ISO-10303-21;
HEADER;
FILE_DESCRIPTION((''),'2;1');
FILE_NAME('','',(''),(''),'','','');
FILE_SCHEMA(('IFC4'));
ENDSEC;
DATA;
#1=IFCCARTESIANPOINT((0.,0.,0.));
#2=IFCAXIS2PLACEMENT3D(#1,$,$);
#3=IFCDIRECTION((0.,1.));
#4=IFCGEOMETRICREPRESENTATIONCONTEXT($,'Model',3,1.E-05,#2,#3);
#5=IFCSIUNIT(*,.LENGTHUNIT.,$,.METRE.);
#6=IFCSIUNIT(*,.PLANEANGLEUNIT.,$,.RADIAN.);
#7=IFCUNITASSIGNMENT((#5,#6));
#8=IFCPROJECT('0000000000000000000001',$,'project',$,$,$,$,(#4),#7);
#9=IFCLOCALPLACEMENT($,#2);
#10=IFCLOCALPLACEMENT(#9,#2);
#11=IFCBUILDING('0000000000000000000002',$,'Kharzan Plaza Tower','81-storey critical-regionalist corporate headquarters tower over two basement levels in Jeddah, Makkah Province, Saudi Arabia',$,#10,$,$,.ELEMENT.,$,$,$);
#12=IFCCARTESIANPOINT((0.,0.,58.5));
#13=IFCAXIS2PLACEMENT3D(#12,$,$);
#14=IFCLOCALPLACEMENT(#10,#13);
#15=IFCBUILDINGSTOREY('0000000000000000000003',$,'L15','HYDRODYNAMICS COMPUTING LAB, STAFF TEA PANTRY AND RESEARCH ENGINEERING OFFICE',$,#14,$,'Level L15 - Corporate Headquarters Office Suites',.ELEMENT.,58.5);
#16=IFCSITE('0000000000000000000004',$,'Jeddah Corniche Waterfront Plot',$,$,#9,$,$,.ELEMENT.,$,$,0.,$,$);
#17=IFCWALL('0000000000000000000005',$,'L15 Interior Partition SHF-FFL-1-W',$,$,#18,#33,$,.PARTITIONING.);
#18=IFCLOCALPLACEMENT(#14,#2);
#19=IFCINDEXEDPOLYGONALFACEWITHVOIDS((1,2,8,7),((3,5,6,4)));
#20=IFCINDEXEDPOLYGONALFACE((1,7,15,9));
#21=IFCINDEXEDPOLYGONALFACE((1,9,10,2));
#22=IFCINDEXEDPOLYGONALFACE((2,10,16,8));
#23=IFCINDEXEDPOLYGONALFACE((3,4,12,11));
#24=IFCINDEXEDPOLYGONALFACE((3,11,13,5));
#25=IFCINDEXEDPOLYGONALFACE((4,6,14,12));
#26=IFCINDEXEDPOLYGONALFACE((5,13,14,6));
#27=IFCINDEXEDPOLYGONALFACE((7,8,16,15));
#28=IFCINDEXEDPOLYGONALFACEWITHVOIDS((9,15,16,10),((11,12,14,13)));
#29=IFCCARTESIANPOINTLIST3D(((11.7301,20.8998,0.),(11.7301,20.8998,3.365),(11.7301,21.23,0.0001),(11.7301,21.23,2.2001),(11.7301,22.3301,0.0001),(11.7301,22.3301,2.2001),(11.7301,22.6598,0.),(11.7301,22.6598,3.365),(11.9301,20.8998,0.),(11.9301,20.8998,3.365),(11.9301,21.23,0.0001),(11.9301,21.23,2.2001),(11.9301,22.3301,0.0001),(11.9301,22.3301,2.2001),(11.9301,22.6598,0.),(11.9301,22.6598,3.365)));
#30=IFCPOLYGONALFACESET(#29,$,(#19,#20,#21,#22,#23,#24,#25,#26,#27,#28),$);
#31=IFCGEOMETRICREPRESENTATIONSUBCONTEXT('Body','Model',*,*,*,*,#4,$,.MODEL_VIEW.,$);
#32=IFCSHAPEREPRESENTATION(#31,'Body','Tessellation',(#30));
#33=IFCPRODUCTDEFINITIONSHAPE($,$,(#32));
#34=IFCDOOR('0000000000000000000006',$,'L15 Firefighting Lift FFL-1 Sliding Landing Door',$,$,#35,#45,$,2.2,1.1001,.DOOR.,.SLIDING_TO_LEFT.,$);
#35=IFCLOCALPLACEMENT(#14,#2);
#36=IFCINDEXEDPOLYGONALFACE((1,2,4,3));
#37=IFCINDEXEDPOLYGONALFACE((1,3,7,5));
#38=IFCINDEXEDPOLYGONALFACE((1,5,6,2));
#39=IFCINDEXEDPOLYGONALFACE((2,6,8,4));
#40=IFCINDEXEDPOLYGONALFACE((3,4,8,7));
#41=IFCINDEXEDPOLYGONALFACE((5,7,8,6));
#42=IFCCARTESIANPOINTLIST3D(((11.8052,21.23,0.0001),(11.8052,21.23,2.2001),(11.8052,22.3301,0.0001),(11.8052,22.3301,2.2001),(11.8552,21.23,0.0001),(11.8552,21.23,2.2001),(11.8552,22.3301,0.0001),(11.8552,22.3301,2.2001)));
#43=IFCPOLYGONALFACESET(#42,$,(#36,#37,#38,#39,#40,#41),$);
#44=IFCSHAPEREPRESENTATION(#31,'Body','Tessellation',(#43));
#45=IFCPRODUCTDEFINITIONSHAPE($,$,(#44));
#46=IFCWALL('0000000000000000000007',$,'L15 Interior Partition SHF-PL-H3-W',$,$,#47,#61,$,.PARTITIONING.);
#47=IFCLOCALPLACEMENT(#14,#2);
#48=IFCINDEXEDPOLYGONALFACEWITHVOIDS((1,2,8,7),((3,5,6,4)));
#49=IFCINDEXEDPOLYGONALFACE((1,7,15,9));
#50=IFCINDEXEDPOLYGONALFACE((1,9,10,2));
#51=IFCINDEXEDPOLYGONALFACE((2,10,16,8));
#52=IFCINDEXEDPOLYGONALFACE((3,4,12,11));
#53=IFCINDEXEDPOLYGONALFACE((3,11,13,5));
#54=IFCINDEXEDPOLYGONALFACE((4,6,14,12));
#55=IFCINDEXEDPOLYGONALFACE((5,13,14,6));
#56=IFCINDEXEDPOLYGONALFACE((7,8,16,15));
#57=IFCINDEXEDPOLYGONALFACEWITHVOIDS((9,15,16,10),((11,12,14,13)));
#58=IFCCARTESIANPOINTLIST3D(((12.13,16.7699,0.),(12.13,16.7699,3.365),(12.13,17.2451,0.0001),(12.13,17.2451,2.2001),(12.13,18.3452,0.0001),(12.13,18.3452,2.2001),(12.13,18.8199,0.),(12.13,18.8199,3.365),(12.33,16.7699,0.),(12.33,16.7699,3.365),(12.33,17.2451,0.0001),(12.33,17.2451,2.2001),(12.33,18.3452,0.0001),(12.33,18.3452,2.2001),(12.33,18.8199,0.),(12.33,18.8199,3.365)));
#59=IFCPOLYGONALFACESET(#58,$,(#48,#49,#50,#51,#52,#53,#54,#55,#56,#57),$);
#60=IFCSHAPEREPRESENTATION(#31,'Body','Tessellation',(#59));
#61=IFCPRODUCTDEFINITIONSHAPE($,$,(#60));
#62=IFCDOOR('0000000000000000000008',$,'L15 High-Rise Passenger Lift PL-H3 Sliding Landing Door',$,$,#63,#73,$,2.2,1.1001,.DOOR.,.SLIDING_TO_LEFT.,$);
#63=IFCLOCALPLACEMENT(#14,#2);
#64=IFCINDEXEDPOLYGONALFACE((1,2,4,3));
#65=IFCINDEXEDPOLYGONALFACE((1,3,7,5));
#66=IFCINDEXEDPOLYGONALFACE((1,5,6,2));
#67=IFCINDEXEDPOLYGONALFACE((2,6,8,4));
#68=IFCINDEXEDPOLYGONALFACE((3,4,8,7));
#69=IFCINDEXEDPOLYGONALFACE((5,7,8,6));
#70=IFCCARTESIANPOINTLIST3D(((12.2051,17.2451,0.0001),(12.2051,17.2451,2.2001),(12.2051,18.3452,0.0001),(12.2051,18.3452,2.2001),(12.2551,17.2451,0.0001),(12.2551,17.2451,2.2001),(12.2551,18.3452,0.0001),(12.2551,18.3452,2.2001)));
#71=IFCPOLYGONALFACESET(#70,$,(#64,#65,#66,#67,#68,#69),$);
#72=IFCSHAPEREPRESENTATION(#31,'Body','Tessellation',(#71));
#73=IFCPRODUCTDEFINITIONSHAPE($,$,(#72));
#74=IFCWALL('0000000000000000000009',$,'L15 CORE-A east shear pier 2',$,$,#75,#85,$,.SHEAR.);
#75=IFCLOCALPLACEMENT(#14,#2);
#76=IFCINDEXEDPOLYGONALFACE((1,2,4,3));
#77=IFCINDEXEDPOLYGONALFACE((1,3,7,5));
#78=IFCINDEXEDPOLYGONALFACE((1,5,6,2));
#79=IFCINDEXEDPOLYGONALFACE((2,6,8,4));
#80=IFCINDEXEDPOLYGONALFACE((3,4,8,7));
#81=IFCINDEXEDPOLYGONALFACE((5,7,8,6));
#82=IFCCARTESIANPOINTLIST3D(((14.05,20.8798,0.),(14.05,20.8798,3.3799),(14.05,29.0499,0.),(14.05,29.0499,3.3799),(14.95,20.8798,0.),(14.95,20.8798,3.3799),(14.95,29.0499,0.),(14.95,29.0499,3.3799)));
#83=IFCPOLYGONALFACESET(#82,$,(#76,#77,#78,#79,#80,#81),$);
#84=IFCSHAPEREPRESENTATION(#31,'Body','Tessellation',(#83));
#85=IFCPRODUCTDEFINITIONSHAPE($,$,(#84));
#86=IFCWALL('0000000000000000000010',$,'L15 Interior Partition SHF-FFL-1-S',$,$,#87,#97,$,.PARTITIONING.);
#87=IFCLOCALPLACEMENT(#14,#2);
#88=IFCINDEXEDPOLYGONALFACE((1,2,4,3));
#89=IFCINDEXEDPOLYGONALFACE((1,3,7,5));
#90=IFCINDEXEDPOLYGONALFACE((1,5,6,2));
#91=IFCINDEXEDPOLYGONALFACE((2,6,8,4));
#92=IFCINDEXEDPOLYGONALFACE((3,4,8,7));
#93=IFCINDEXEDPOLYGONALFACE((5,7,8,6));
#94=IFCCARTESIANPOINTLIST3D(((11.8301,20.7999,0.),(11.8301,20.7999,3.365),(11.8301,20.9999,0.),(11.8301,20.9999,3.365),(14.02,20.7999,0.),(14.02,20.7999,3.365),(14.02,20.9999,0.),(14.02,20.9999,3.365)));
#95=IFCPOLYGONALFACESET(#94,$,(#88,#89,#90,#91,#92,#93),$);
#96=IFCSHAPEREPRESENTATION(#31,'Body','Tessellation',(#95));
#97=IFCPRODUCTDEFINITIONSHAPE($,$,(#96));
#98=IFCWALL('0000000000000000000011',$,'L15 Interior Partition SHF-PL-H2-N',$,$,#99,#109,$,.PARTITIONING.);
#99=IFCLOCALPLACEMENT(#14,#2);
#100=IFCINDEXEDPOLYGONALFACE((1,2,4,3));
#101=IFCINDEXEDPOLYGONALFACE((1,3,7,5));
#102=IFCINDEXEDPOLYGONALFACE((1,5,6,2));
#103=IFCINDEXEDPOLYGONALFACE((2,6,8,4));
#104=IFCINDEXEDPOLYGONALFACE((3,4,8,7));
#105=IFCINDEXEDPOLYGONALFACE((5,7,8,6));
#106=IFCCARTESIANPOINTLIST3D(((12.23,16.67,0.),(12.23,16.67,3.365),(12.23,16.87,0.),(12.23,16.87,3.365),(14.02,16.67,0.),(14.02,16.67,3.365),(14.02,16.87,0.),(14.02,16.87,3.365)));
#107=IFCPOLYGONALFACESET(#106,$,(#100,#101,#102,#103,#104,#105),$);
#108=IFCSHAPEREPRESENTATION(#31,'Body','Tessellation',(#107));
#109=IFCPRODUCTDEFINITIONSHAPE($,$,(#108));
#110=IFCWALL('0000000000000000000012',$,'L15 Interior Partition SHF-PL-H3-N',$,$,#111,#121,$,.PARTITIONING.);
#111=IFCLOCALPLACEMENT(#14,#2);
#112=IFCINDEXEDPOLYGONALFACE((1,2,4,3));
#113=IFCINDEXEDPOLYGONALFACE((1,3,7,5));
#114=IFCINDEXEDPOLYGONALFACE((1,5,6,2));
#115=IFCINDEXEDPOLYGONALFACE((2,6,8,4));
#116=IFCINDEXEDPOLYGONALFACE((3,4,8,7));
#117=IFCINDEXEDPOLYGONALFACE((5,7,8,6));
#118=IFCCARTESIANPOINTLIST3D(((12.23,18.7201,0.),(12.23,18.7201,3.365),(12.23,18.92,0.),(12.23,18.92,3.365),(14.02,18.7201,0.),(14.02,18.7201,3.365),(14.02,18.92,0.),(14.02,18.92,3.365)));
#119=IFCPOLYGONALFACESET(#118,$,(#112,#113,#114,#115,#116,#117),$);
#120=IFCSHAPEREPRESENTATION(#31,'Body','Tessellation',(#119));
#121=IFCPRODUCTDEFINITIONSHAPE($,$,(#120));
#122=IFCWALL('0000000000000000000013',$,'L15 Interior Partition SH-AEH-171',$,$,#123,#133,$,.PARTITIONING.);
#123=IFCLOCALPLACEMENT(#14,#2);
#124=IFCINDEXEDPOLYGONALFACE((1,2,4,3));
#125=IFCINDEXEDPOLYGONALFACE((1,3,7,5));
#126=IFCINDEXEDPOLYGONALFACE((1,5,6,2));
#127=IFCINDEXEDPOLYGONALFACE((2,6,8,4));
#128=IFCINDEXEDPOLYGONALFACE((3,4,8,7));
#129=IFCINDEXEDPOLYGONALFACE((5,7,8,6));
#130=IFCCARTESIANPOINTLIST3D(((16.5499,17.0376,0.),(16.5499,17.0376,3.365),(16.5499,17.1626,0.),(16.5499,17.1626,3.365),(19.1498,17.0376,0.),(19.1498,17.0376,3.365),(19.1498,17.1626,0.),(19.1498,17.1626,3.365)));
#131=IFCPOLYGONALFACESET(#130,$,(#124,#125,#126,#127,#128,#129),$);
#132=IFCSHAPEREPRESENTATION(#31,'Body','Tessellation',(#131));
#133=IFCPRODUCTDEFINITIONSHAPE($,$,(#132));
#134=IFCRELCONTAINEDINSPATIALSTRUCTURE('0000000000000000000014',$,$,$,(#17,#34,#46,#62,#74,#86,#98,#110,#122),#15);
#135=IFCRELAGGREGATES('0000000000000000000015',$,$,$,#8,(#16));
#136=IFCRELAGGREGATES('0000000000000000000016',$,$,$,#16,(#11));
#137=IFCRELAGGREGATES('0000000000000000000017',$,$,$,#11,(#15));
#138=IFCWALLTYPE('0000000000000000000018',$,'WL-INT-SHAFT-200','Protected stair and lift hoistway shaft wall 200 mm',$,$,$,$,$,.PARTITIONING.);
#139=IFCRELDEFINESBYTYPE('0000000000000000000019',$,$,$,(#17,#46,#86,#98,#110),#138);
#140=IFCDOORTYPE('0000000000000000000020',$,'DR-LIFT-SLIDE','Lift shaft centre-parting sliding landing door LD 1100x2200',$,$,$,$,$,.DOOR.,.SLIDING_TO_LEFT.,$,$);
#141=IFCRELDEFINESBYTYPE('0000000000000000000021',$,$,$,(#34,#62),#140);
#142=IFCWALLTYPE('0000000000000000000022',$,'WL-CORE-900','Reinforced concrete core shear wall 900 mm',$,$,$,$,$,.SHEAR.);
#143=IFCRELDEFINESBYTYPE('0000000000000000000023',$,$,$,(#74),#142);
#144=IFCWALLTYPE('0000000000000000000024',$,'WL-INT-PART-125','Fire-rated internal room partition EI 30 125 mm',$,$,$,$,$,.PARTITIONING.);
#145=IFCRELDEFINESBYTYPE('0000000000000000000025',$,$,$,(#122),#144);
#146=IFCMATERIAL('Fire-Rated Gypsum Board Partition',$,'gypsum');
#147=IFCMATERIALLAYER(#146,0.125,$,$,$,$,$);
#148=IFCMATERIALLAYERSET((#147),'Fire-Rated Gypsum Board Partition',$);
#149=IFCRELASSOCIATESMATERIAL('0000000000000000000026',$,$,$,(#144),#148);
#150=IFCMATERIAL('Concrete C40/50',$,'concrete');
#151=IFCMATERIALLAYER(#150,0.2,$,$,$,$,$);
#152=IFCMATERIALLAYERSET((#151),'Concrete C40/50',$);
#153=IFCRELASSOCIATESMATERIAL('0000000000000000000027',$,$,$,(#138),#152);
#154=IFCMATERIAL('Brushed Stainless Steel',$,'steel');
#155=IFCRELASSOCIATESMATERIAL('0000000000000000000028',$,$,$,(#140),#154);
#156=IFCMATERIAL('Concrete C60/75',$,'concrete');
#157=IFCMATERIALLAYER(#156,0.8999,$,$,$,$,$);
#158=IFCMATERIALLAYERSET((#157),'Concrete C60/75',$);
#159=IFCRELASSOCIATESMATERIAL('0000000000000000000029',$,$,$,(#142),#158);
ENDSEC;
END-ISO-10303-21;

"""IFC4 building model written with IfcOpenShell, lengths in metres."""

from ifc_helpers import new_model, si_unit, direction, frame, frame_2d, origin, place, context, subcontext, project, spatial, rectangle, extrude, source, transform, mapped, material, layer, layer_set, type_object, element, fill, save


model = new_model("IFC4")

# Units and contexts
model_context = context("Model", 3, precision=1e-05, world=origin(), true_north=direction((0.0, 1.0)))
body_context = subcontext(model_context, "Body", "Model", "MODEL_VIEW")
ifc_project = project(units=[si_unit("LENGTHUNIT", "METRE"), si_unit("PLANEANGLEUNIT", "RADIAN")], contexts=[model_context])

# Site, building, storey
site_placement = place(None, origin())
site = spatial("IfcSite", under=ifc_project, at=site_placement, Name="Jeddah Corniche Waterfront Plot", CompositionType="ELEMENT", RefElevation=0.0)
building_placement = place(site_placement, origin())
building = spatial("IfcBuilding", under=site, at=building_placement, Name="Kharzan Plaza Tower", Description="81-storey critical-regionalist corporate headquarters tower over two basement levels in Jeddah, Makkah Province, Saudi Arabia", CompositionType="ELEMENT")
storey_placement = place(building_placement, frame((0.0, 0.0, 58.5)))
storey = spatial("IfcBuildingStorey", under=building, at=storey_placement, Name="L15", Description="HYDRODYNAMICS COMPUTING LAB, STAFF TEA PANTRY AND RESEARCH ENGINEERING OFFICE", LongName="Level L15 - Corporate Headquarters Office Suites", CompositionType="ELEMENT", Elevation=58.5)

# Shared definitions
ifc_material_1 = material(Name="Concrete C60/75", Category="concrete")

# Walls, openings, doors
ifc_material_2 = material(Name="Fire-Rated Gypsum Board Partition", Category="gypsum")
ifc_layer_1 = layer(ifc_material_2, 0.125)
ifc_layer_set_1 = layer_set([ifc_layer_1], Name="Fire-Rated Gypsum Board Partition")
wall_type_1 = type_object("IfcWallType", Name="WL-INT-PART-125", Description="Fire-rated internal room partition EI 30 125 mm", PredefinedType="PARTITIONING", material=ifc_layer_set_1)
ifc_material_3 = material(Name="Concrete C40/50", Category="concrete")
ifc_layer_2 = layer(ifc_material_3, 0.2)
ifc_layer_set_2 = layer_set([ifc_layer_2], Name="Concrete C40/50")
wall_type_2 = type_object("IfcWallType", Name="WL-INT-SHAFT-200", Description="Protected stair and lift hoistway shaft wall 200 mm", PredefinedType="PARTITIONING", material=ifc_layer_set_2)
wall_1_placement = place(storey_placement, frame((11.8301, 20.8999, 0.0), z_axis=(0.0, 0.0, 1.0), x_axis=(0.0, 1.0, 0.0)))
wall_1 = element("IfcWall", 1, at=wall_1_placement, inside=storey, type_object=wall_type_2, Name="L15 Interior Partition SHF-FFL-1-W", PredefinedType="PARTITIONING", context=body_context, shape_type="SweptSolid", body=[
    extrude(rectangle(XDim=1.76, YDim=0.2, at=frame_2d((0.8799, 0.0))), origin(), (0.0, 0.0, 1.0), 3.365),
])
opening_1_placement = place(wall_1_placement, frame((0.3301, 0.0, 0.0)))
opening_1 = element("IfcOpeningElement", 2, at=opening_1_placement, cuts=wall_1, PredefinedType="OPENING", context=body_context, shape_type="SweptSolid", body=[
    extrude(rectangle(XDim=1.1001, YDim=2.2, at=frame_2d((0.55, 1.1001))), frame((0.0, 0.1099, 0.0), z_axis=(0.0, -1.0, 0.0), x_axis=(1.0, 0.0, 0.0)), (0.0, 0.0, 1.0), 0.22),
])
ifc_material_4 = material(Name="Brushed Stainless Steel", Category="steel")
door_type_1 = type_object("IfcDoorType", Name="DR-LIFT-SLIDE", Description="Lift shaft centre-parting sliding landing door LD 1100x2200", OperationType="SLIDING_TO_LEFT", PredefinedType="DOOR", material=ifc_material_4)
shared_shape_1 = source(origin(), body_context, "Body", "SweptSolid", [
    extrude(rectangle(XDim=1.1001, YDim=2.2, at=frame_2d((0.55, 1.1001))), frame((0.0, 0.0249, 0.0), z_axis=(0.0, -1.0, 0.0), x_axis=(1.0, 0.0, 0.0)), (0.0, 0.0, 1.0), 0.05),
])
door_1_placement = place(opening_1_placement, origin())
door_1 = element("IfcDoor", 3, at=door_1_placement, inside=storey, type_object=door_type_1, Name="L15 Firefighting Lift FFL-1 Sliding Landing Door", OperationType="SLIDING_TO_LEFT", OverallHeight=2.2, OverallWidth=1.1001, PredefinedType="DOOR", context=body_context, shape_type="MappedRepresentation", body=[
    mapped(shared_shape_1, transform((0.0, 0.0, 0.0), x_axis=(1.0, 0.0, 0.0), y_axis=(0.0, 1.0, 0.0), z_axis=(0.0, 0.0, 1.0))),
])
fill(opening_1, door_1)
wall_2_placement = place(storey_placement, frame((12.23, 16.77, 0.0), z_axis=(0.0, 0.0, 1.0), x_axis=(0.0, 1.0, 0.0)))
wall_2 = element("IfcWall", 4, at=wall_2_placement, inside=storey, type_object=wall_type_2, Name="L15 Interior Partition SHF-PL-H3-W", PredefinedType="PARTITIONING", context=body_context, shape_type="SweptSolid", body=[
    extrude(rectangle(XDim=2.05, YDim=0.2, at=frame_2d((1.0249, 0.0))), origin(), (0.0, 0.0, 1.0), 3.365),
])
opening_2_placement = place(wall_2_placement, frame((0.4751, 0.0, 0.0)))
opening_2 = element("IfcOpeningElement", 5, at=opening_2_placement, cuts=wall_2, PredefinedType="OPENING", context=body_context, shape_type="SweptSolid", body=[
    extrude(rectangle(XDim=1.1001, YDim=2.2, at=frame_2d((0.55, 1.1001))), frame((0.0, 0.1099, 0.0), z_axis=(0.0, -1.0, 0.0), x_axis=(1.0, 0.0, 0.0)), (0.0, 0.0, 1.0), 0.22),
])
door_2_placement = place(opening_2_placement, origin())
door_2 = element("IfcDoor", 6, at=door_2_placement, inside=storey, type_object=door_type_1, Name="L15 High-Rise Passenger Lift PL-H3 Sliding Landing Door", OperationType="SLIDING_TO_LEFT", OverallHeight=2.2, OverallWidth=1.1001, PredefinedType="DOOR", context=body_context, shape_type="MappedRepresentation", body=[
    mapped(shared_shape_1, transform((0.0, 0.0, 0.0), x_axis=(1.0, 0.0, 0.0), y_axis=(0.0, 1.0, 0.0), z_axis=(0.0, 0.0, 1.0))),
])
fill(opening_2, door_2)

# Walls
ifc_layer_3 = layer(ifc_material_1, 0.8999)
ifc_layer_set_3 = layer_set([ifc_layer_3], Name="Concrete C60/75")
wall_type_3 = type_object("IfcWallType", Name="WL-CORE-900", Description="Reinforced concrete core shear wall 900 mm", PredefinedType="SHEAR", material=ifc_layer_set_3)
shared_shape_2 = source(origin(), body_context, "Body", "SweptSolid", [
    extrude(rectangle(XDim=8.1702, YDim=0.8999, at=frame_2d((4.085, 0.0))), origin(), (0.0, 0.0, 1.0), 3.3799),
])
wall_3_placement = place(storey_placement, frame((14.5, 20.8799, 0.0), z_axis=(0.0, 0.0, 1.0), x_axis=(0.0, 1.0, 0.0)))
element("IfcWall", 7, at=wall_3_placement, inside=storey, type_object=wall_type_3, Name="L15 CORE-A east shear pier 2", PredefinedType="SHEAR", context=body_context, shape_type="MappedRepresentation", body=[
    mapped(shared_shape_2, transform((0.0, 0.0, 0.0), x_axis=(1.0, 0.0, 0.0), y_axis=(0.0, 1.0, 0.0), z_axis=(0.0, 0.0, 1.0))),
])
shared_shape_3 = source(origin(), body_context, "Body", "SweptSolid", [
    extrude(rectangle(XDim=2.1899, YDim=0.2, at=frame_2d((1.095, 0.0))), origin(), (0.0, 0.0, 1.0), 3.365),
])
wall_4_placement = place(storey_placement, frame((11.8301, 20.8999, 0.0), z_axis=(0.0, 0.0, 1.0), x_axis=(1.0, 0.0, 0.0)))
element("IfcWall", 8, at=wall_4_placement, inside=storey, type_object=wall_type_2, Name="L15 Interior Partition SHF-FFL-1-S", PredefinedType="PARTITIONING", context=body_context, shape_type="MappedRepresentation", body=[
    mapped(shared_shape_3, transform((0.0, 0.0, 0.0), x_axis=(1.0, 0.0, 0.0), y_axis=(0.0, 1.0, 0.0), z_axis=(0.0, 0.0, 1.0))),
])
shared_shape_4 = source(origin(), body_context, "Body", "SweptSolid", [
    extrude(rectangle(XDim=1.79, YDim=0.2, at=frame_2d((0.895, 0.0))), origin(), (0.0, 0.0, 1.0), 3.365),
])
for number, where, z_axis, x_axis, name in (
    (9, (12.23, 16.77, 0.0), (0.0, 0.0, 1.0), (1.0, 0.0, 0.0), "L15 Interior Partition SHF-PL-H2-N"),
    (10, (12.23, 18.8201, 0.0), (0.0, 0.0, 1.0), (1.0, 0.0, 0.0), "L15 Interior Partition SHF-PL-H3-N"),
):
    element("IfcWall", number, at=place(storey_placement, frame(where, z_axis=z_axis, x_axis=x_axis)), inside=storey, type_object=wall_type_2, Name=name, PredefinedType="PARTITIONING", context=body_context, shape_type="MappedRepresentation", body=[
        mapped(shared_shape_4, transform((0.0, 0.0, 0.0), x_axis=(1.0, 0.0, 0.0), y_axis=(0.0, 1.0, 0.0), z_axis=(0.0, 0.0, 1.0))),
    ])
shared_shape_5 = source(origin(), body_context, "Body", "SweptSolid", [
    extrude(rectangle(XDim=2.5999, YDim=0.125, at=frame_2d((1.2998, 0.0))), origin(), (0.0, 0.0, 1.0), 3.365),
])
wall_5_placement = place(storey_placement, frame((16.55, 17.1001, 0.0), z_axis=(0.0, 0.0, 1.0), x_axis=(1.0, 0.0, 0.0)))
element("IfcWall", 11, at=wall_5_placement, inside=storey, type_object=wall_type_1, Name="L15 Interior Partition SH-AEH-171", PredefinedType="PARTITIONING", context=body_context, shape_type="MappedRepresentation", body=[
    mapped(shared_shape_5, transform((0.0, 0.0, 0.0), x_axis=(1.0, 0.0, 0.0), y_axis=(0.0, 1.0, 0.0), z_axis=(0.0, 0.0, 1.0))),
])

save(model, "model.ifc")
